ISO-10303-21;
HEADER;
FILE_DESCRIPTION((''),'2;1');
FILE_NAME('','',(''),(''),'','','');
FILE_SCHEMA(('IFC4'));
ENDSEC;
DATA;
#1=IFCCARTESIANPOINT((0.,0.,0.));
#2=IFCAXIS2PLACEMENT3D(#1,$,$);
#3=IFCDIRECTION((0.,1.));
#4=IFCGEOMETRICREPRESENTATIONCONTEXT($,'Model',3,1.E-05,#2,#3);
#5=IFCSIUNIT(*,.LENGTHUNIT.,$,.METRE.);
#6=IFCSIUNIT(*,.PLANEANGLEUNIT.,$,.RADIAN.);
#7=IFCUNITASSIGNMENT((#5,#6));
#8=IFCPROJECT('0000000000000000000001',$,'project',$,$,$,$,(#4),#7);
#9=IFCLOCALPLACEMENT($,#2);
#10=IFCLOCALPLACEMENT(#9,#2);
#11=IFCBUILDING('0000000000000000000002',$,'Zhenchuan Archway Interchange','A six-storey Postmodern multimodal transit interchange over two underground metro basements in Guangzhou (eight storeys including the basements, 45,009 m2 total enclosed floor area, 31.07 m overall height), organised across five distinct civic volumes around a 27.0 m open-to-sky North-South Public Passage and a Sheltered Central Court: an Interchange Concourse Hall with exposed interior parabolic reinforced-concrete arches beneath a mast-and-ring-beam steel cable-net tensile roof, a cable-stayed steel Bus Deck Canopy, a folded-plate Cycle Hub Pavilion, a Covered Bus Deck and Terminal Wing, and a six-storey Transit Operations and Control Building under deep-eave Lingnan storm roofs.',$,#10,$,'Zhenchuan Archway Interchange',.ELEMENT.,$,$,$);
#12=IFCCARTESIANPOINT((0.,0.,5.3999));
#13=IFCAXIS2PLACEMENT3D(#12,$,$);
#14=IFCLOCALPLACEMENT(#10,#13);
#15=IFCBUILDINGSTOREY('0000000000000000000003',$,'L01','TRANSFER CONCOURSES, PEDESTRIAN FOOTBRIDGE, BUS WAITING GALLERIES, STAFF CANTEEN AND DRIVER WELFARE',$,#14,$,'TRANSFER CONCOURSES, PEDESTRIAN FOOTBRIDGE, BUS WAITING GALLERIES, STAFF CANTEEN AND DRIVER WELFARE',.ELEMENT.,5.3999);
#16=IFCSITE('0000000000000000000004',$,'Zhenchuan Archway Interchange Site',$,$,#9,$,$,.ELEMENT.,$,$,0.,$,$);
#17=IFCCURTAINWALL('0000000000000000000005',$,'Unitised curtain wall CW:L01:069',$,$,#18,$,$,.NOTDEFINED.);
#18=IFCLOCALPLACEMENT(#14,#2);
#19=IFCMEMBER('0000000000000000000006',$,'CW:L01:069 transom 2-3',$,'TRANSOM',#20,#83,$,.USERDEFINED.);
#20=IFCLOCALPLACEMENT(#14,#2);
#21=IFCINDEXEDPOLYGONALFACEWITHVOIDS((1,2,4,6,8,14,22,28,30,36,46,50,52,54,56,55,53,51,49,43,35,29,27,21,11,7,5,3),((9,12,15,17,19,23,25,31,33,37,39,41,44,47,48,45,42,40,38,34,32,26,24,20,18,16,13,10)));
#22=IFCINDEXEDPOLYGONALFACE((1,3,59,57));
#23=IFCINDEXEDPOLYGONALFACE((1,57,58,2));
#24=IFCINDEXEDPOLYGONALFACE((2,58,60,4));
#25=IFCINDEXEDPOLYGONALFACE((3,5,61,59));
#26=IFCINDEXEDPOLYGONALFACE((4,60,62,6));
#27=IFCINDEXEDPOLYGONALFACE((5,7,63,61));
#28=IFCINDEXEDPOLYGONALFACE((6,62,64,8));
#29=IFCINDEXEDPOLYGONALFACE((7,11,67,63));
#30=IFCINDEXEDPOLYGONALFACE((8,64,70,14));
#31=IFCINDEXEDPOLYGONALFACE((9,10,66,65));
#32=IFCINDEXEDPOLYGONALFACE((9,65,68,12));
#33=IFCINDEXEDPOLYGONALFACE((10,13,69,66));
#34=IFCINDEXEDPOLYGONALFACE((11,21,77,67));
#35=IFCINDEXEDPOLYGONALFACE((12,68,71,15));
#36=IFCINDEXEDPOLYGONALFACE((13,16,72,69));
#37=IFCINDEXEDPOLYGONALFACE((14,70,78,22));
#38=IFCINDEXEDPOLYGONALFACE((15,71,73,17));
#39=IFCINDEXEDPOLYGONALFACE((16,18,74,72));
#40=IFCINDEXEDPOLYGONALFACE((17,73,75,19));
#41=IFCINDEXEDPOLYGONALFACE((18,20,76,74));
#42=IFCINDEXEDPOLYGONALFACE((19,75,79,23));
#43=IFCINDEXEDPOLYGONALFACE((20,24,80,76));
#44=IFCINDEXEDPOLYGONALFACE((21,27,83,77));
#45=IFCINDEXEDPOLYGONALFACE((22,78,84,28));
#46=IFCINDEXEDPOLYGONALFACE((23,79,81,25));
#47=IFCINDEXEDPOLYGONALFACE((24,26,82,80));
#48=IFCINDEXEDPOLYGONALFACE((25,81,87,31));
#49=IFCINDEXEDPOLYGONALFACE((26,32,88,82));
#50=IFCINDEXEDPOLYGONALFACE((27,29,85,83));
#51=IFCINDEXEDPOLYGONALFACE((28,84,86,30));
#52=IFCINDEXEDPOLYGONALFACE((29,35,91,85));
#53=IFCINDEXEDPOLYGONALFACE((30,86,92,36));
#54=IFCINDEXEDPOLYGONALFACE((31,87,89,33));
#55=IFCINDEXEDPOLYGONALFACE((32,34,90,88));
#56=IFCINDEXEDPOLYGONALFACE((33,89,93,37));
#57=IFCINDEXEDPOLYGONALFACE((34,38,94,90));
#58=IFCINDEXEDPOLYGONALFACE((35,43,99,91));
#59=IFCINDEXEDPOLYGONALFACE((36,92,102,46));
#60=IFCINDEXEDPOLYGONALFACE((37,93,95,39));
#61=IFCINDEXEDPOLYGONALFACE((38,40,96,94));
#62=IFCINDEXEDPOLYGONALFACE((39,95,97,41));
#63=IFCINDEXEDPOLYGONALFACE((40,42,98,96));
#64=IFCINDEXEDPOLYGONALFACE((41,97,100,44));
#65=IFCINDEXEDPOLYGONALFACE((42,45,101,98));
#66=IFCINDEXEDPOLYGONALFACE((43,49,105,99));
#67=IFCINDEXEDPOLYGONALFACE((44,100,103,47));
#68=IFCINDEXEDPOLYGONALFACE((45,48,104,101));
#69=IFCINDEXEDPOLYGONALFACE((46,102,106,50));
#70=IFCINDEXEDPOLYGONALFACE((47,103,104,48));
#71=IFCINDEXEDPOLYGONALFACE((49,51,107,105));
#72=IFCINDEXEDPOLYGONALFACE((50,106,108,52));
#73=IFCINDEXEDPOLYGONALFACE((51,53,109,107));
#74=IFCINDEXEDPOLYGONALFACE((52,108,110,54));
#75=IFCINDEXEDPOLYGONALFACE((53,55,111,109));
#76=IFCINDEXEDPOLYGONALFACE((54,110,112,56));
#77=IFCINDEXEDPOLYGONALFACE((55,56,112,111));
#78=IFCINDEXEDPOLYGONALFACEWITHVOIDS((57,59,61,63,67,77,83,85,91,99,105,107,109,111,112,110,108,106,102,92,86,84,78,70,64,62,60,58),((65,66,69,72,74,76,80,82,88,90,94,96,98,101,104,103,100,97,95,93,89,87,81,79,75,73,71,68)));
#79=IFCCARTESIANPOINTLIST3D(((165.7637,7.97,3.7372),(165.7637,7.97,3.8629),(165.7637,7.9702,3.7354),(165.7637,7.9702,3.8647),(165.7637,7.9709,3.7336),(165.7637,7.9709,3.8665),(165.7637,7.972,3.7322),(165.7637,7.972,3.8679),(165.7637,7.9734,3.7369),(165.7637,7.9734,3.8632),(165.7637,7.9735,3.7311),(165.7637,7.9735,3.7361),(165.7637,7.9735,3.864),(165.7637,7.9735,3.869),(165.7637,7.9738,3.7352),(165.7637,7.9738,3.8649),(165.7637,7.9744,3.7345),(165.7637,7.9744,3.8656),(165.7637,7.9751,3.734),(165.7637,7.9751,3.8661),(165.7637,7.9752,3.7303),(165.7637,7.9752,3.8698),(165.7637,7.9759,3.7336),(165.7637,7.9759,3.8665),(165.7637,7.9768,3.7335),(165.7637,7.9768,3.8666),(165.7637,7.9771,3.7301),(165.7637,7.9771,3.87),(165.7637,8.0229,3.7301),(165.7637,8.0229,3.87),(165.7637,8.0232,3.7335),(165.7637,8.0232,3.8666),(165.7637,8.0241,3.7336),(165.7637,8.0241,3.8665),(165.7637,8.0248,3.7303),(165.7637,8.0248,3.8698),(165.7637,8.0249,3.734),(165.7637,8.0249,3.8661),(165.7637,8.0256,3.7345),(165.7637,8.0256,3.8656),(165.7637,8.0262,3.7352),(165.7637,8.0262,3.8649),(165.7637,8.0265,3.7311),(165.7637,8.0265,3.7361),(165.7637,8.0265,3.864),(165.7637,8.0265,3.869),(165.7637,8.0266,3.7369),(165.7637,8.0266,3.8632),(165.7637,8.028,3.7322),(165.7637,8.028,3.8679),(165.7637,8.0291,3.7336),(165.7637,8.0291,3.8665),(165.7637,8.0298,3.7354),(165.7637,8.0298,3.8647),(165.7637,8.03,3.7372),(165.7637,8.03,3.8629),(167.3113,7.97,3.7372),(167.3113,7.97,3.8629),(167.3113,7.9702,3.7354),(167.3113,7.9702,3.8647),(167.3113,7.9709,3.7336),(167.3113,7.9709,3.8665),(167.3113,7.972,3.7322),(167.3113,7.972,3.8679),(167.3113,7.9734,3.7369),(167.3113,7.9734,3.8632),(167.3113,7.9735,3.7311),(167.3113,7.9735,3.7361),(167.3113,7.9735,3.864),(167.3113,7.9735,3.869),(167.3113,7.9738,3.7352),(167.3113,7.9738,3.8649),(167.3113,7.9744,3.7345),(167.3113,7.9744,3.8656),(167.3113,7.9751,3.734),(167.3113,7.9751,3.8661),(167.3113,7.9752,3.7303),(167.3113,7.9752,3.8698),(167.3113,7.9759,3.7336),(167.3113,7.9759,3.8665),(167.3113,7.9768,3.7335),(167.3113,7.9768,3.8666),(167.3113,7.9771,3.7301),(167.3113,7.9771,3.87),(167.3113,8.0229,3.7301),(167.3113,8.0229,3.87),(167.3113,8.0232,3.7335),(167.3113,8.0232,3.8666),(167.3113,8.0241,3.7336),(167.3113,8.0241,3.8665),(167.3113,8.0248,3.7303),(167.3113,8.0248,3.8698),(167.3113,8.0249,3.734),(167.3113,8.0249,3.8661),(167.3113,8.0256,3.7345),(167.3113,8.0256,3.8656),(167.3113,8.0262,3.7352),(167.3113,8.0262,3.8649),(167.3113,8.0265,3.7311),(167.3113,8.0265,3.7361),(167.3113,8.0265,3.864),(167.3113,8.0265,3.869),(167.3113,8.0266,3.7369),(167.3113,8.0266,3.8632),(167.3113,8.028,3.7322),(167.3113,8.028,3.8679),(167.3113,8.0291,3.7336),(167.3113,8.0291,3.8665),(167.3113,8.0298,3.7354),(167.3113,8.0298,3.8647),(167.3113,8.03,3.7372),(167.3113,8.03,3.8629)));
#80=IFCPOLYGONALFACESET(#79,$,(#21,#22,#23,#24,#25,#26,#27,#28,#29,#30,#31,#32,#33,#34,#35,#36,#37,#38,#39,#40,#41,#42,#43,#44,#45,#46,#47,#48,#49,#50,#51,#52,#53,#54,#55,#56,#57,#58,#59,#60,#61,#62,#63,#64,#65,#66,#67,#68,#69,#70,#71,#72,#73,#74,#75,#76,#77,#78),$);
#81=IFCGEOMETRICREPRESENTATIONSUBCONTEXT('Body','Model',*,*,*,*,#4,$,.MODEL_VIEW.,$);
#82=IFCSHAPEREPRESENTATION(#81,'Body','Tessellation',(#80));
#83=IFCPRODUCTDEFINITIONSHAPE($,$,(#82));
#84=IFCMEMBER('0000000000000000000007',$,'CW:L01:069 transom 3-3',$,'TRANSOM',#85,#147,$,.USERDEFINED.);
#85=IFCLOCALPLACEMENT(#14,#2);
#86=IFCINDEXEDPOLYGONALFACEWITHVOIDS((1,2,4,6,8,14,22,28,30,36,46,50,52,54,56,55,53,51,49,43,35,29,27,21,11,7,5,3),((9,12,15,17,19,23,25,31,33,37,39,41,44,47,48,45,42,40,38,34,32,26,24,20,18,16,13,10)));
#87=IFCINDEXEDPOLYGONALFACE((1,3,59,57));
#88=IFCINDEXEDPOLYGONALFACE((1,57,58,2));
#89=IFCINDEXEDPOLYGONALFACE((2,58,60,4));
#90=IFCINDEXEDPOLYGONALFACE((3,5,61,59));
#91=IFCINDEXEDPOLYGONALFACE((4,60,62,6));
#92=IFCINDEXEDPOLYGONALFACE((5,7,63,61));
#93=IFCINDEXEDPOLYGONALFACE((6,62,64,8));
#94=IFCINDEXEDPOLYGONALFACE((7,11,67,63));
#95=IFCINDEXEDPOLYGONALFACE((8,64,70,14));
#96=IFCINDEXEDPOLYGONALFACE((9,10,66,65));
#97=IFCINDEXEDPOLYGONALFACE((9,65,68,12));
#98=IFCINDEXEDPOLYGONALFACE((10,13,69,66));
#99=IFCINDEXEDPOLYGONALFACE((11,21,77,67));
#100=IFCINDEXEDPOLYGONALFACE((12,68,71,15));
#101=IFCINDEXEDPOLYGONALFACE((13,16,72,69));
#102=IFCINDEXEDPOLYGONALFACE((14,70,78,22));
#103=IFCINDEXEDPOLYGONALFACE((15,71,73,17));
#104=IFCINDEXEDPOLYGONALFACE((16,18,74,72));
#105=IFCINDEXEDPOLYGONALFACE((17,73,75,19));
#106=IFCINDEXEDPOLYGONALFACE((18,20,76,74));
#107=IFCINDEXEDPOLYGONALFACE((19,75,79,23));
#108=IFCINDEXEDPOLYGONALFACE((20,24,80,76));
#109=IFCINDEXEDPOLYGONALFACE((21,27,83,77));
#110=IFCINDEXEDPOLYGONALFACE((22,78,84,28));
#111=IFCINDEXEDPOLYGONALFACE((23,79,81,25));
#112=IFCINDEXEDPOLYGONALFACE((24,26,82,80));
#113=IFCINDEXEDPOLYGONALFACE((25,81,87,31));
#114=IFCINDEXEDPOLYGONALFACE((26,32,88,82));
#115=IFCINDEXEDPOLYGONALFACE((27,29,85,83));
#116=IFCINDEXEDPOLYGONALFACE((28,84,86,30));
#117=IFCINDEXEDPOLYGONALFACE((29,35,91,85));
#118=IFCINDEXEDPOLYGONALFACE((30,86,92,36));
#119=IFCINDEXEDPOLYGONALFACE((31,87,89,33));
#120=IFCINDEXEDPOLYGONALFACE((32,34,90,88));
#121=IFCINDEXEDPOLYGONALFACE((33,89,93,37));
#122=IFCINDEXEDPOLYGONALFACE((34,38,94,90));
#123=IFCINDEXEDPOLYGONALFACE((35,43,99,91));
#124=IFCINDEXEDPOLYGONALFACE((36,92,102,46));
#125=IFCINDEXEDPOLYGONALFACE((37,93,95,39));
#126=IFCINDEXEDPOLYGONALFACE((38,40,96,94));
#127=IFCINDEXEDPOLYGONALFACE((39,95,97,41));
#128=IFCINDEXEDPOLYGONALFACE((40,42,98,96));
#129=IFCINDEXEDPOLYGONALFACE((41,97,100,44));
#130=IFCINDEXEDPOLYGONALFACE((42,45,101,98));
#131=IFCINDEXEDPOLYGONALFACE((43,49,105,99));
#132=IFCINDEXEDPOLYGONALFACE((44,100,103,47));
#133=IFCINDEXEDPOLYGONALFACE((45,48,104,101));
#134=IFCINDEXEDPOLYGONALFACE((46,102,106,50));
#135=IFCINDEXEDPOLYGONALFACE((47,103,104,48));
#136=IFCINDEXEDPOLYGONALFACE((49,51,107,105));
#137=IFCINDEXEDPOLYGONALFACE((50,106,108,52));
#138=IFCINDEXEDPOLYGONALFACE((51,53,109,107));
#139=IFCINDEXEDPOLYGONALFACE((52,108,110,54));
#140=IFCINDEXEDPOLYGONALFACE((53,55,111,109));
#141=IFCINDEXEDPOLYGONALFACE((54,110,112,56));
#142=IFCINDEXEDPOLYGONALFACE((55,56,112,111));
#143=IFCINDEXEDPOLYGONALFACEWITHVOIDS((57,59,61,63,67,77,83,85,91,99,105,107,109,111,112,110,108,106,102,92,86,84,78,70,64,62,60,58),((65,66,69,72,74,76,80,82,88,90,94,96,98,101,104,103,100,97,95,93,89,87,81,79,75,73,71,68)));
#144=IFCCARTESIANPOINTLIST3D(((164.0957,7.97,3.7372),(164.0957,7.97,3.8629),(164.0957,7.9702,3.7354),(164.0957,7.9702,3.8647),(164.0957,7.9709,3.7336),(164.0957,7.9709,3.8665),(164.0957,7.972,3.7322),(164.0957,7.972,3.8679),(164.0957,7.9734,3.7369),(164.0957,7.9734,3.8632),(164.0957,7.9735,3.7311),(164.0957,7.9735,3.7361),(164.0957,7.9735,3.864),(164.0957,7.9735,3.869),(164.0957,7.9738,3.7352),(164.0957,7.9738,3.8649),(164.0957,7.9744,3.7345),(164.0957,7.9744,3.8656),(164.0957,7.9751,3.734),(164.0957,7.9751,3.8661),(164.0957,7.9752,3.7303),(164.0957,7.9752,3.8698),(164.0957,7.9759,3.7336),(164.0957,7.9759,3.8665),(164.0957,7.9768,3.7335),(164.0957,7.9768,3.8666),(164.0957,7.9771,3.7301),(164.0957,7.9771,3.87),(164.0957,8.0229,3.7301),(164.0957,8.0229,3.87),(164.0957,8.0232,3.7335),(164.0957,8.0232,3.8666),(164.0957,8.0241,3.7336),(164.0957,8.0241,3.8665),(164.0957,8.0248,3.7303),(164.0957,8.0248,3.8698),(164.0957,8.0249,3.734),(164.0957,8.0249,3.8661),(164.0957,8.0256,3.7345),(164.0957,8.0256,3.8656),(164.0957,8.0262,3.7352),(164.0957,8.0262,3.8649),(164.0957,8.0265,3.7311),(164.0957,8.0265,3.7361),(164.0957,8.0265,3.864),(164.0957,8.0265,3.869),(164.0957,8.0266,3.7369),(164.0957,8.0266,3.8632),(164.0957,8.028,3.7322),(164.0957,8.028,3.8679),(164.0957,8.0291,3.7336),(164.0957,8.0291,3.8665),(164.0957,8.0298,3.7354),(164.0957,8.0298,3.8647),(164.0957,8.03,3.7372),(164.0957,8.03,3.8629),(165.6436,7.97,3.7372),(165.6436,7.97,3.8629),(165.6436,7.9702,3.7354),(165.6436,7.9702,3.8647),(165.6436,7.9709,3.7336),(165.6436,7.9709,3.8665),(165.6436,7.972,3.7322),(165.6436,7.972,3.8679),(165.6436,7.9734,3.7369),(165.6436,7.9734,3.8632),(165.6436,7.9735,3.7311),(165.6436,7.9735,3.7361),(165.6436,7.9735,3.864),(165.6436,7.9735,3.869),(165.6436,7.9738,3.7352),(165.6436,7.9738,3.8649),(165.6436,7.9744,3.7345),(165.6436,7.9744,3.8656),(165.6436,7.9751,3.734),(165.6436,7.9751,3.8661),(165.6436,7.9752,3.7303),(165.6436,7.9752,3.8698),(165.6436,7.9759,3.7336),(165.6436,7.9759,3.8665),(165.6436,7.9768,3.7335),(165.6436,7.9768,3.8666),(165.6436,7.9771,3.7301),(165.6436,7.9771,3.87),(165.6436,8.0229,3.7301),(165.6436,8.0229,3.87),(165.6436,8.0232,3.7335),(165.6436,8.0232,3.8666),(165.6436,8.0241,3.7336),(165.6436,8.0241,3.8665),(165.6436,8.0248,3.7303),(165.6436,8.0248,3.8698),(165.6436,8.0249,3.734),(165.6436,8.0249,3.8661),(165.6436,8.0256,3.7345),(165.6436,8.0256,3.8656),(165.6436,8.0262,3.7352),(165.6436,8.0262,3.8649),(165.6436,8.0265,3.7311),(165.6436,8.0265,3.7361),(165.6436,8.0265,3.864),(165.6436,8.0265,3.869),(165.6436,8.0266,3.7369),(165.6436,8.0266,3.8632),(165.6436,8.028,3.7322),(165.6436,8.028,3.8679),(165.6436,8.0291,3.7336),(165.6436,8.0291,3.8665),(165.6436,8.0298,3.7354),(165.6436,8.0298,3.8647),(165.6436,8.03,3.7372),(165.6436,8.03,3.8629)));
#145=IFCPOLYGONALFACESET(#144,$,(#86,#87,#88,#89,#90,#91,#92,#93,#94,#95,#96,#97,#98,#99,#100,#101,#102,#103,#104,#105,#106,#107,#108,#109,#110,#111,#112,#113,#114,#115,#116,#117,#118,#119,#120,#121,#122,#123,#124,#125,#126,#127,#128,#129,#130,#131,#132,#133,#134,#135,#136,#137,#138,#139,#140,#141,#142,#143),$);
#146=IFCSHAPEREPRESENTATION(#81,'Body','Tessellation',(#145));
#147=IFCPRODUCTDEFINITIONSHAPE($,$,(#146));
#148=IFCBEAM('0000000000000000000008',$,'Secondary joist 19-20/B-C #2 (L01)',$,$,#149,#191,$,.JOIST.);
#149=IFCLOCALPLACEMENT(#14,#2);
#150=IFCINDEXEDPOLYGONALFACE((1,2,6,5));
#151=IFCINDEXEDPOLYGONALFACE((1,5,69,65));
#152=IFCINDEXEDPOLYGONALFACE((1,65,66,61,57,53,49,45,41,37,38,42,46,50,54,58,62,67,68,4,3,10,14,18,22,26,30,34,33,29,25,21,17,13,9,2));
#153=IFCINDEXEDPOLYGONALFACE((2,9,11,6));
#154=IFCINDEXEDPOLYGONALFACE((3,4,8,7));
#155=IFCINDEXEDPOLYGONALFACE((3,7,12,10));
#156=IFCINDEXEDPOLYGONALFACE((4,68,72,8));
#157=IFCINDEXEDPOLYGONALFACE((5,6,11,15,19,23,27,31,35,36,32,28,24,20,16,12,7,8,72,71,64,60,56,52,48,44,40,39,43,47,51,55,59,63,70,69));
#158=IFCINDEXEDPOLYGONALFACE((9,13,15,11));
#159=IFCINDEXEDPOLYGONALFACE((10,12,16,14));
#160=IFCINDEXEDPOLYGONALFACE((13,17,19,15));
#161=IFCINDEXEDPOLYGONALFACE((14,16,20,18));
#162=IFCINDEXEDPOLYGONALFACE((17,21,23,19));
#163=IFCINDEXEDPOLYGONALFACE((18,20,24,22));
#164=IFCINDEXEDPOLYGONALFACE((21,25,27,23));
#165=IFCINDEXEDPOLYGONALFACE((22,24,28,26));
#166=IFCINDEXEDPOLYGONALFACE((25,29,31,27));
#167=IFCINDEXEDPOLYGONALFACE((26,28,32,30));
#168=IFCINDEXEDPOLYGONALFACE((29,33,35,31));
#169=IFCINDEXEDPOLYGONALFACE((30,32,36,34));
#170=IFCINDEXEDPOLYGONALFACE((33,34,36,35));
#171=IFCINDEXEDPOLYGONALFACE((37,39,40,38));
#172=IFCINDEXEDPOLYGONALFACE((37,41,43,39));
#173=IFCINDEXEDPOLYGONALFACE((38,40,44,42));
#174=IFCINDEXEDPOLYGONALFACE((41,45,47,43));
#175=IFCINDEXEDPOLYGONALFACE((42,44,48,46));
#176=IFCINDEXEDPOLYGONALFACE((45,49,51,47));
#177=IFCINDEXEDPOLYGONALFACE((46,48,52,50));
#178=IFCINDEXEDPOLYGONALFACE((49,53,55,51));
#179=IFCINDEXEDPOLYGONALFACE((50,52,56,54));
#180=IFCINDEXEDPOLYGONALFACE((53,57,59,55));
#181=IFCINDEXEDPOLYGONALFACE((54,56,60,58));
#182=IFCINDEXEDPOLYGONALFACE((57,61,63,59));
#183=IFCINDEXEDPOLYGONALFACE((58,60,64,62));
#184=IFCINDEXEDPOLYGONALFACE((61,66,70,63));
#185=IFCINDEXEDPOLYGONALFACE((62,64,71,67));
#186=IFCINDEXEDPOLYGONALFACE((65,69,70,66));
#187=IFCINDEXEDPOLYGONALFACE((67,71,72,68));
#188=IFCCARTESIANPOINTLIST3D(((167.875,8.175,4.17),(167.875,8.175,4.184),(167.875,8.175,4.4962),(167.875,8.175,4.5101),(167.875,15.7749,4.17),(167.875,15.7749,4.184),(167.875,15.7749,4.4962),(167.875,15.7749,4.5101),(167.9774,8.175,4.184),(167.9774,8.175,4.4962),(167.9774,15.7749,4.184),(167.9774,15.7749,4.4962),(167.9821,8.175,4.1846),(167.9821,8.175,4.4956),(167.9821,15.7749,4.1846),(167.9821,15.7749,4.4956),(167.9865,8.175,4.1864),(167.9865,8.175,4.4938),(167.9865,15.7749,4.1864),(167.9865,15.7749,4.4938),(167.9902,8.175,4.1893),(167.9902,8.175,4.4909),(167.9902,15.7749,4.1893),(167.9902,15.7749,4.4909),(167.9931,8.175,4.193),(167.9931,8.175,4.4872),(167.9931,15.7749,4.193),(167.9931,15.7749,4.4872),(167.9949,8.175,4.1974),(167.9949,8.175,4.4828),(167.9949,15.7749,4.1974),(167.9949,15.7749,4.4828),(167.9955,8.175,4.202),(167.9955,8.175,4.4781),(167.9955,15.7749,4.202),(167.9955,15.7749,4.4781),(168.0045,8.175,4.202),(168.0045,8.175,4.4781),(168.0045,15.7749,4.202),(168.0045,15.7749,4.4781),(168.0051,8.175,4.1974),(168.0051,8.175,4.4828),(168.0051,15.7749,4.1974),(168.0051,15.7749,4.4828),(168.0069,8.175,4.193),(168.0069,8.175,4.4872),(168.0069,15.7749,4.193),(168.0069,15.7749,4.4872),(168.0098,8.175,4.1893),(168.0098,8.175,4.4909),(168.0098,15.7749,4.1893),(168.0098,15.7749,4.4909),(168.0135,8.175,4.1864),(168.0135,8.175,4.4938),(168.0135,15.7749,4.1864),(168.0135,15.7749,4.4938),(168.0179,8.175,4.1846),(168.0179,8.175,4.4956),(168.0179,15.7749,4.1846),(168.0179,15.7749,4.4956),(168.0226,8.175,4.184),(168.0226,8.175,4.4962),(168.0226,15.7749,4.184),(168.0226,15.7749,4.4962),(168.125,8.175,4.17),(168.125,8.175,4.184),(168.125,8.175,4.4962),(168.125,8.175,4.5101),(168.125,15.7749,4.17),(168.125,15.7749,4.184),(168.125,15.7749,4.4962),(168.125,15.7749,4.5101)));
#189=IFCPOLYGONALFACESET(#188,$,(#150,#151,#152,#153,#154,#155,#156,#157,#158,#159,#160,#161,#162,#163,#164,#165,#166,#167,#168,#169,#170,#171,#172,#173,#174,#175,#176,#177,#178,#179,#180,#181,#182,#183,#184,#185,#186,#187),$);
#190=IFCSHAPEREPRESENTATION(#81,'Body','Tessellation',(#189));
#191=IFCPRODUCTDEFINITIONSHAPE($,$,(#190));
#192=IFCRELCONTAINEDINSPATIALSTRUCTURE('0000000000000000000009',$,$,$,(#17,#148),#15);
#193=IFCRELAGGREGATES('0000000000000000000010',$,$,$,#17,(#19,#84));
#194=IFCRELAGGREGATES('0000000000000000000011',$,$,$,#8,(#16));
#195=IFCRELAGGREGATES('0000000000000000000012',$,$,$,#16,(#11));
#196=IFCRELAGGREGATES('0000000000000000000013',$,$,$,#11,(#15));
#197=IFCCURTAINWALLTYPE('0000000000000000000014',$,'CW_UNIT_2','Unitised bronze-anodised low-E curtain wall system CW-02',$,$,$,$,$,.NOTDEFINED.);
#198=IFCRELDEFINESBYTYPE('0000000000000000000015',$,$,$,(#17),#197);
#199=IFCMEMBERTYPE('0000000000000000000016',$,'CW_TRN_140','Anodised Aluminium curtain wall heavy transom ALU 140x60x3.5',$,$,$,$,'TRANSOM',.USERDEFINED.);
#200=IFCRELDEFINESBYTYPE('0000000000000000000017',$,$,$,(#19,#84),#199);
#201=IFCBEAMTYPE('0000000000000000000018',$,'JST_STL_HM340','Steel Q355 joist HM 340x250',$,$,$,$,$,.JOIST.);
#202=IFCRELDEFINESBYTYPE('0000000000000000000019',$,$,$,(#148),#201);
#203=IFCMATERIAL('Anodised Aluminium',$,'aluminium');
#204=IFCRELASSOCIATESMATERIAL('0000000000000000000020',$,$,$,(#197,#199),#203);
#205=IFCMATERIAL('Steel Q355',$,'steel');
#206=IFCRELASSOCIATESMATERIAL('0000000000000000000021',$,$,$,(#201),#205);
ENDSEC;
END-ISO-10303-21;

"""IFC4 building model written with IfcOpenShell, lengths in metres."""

from ifc_helpers import new_model, si_unit, direction, frame, origin, origin_2d, place, context, subcontext, project, spatial, hollow_rectangle, i_section, extrude, material, material_profile, profile_set, type_object, element, aggregate, save


model = new_model("IFC4")

# Units and contexts
model_context = context("Model", 3, precision=1e-05, world=origin(), true_north=direction((0.0, 1.0)))
body_context = subcontext(model_context, "Body", "Model", "MODEL_VIEW")
ifc_project = project(units=[si_unit("LENGTHUNIT", "METRE"), si_unit("PLANEANGLEUNIT", "RADIAN")], contexts=[model_context])

# Site, building, storey
site_placement = place(None, origin())
site = spatial("IfcSite", under=ifc_project, at=site_placement, Name="Zhenchuan Archway Interchange Site", CompositionType="ELEMENT", RefElevation=0.0)
building_placement = place(site_placement, origin())
building = spatial("IfcBuilding", under=site, at=building_placement, Name="Zhenchuan Archway Interchange", Description="A six-storey Postmodern multimodal transit interchange over two underground metro basements in Guangzhou (eight storeys including the basements, 45,009 m2 total enclosed floor area, 31.07 m overall height), organised across five distinct civic volumes around a 27.0 m open-to-sky North-South Public Passage and a Sheltered Central Court: an Interchange Concourse Hall with exposed interior parabolic reinforced-concrete arches beneath a mast-and-ring-beam steel cable-net tensile roof, a cable-stayed steel Bus Deck Canopy, a folded-plate Cycle Hub Pavilion, a Covered Bus Deck and Terminal Wing, and a six-storey Transit Operations and Control Building under deep-eave Lingnan storm roofs.", LongName="Zhenchuan Archway Interchange", CompositionType="ELEMENT")
storey_placement = place(building_placement, frame((0.0, 0.0, 5.3999)))
storey = spatial("IfcBuildingStorey", under=building, at=storey_placement, Name="L01", Description="TRANSFER CONCOURSES, PEDESTRIAN FOOTBRIDGE, BUS WAITING GALLERIES, STAFF CANTEEN AND DRIVER WELFARE", LongName="TRANSFER CONCOURSES, PEDESTRIAN FOOTBRIDGE, BUS WAITING GALLERIES, STAFF CANTEEN AND DRIVER WELFARE", CompositionType="ELEMENT", Elevation=5.3999)

# Curtain wall, members
ifc_material_1 = material(Name="Anodised Aluminium", Category="aluminium")
curtain_wall_type = type_object("IfcCurtainWallType", Name="CW_UNIT_2", Description="Unitised bronze-anodised low-E curtain wall system CW-02", PredefinedType="NOTDEFINED", material=ifc_material_1)
curtain_wall_placement = place(storey_placement, origin())
curtain_wall = element("IfcCurtainWall", 1, at=curtain_wall_placement, inside=storey, type_object=curtain_wall_type, Name="Unitised curtain wall CW:L01:069", PredefinedType="NOTDEFINED")
ifc_material_profile_1 = material_profile(ifc_material_1, hollow_rectangle(XDim=0.0601, YDim=0.1399, WallThickness=0.0034, InnerFilletRadius=0.0034, OuterFilletRadius=0.0071, at=origin_2d()), Name="ALU 140x60x3.5")
ifc_profile_set_1 = profile_set([ifc_material_profile_1], Name="Anodised Aluminium")
member_type_1 = type_object("IfcMemberType", Name="CW_TRN_140", Description="Anodised Aluminium curtain wall heavy transom ALU 140x60x3.5", ElementType="TRANSOM", PredefinedType="USERDEFINED", material=ifc_profile_set_1)
member_1_placement = place(storey_placement, frame((167.3113, 8.0, 3.8), z_axis=(-1.0, 0.0, 0.0), x_axis=(0.0, -1.0, 0.0)))
member_1 = element("IfcMember", 2, at=member_1_placement, type_object=member_type_1, Name="CW:L01:069 transom 2-3", ObjectType="TRANSOM", PredefinedType="USERDEFINED", context=body_context, shape_type="SweptSolid", body=[
    extrude(hollow_rectangle(XDim=0.0601, YDim=0.1399, WallThickness=0.0034, InnerFilletRadius=0.0034, OuterFilletRadius=0.0071, at=origin_2d()), origin(), (0.0, 0.0, 1.0), 1.5476),
])
member_2_placement = place(storey_placement, frame((165.6436, 8.0, 3.8), z_axis=(-1.0, 0.0, 0.0), x_axis=(0.0, -1.0, 0.0)))
member_2 = element("IfcMember", 3, at=member_2_placement, type_object=member_type_1, Name="CW:L01:069 transom 3-3", ObjectType="TRANSOM", PredefinedType="USERDEFINED", context=body_context, shape_type="SweptSolid", body=[
    extrude(hollow_rectangle(XDim=0.0601, YDim=0.1399, WallThickness=0.0034, InnerFilletRadius=0.0034, OuterFilletRadius=0.0071, at=origin_2d()), origin(), (0.0, 0.0, 1.0), 1.5479),
])

# Beam
ifc_material_2 = material(Name="Steel Q355", Category="steel")
ifc_material_profile_2 = material_profile(ifc_material_2, i_section(OverallWidth=0.25, OverallDepth=0.3401, WebThickness=0.009, FlangeThickness=0.0139, FilletRadius=0.0181, at=origin_2d()), Name="HM 340x250")
ifc_profile_set_2 = profile_set([ifc_material_profile_2], Name="Steel Q355")
beam_type_1 = type_object("IfcBeamType", Name="JST_STL_HM340", Description="Steel Q355 joist HM 340x250", PredefinedType="JOIST", material=ifc_profile_set_2)
beam_1_placement = place(storey_placement, frame((168.0, 8.175, 4.3401), z_axis=(0.0, 1.0, 0.0), x_axis=(-1.0, 0.0, 0.0)))
element("IfcBeam", 4, at=beam_1_placement, inside=storey, type_object=beam_type_1, Name="Secondary joist 19-20/B-C #2 (L01)", PredefinedType="JOIST", context=body_context, shape_type="SweptSolid", body=[
    extrude(i_section(OverallWidth=0.25, OverallDepth=0.3401, WebThickness=0.009, FlangeThickness=0.0139, FilletRadius=0.0181, at=origin_2d()), origin(), (0.0, 0.0, 1.0), 7.5999),
])

aggregate(curtain_wall, [member_1, member_2])

save(model, "model.ifc")
